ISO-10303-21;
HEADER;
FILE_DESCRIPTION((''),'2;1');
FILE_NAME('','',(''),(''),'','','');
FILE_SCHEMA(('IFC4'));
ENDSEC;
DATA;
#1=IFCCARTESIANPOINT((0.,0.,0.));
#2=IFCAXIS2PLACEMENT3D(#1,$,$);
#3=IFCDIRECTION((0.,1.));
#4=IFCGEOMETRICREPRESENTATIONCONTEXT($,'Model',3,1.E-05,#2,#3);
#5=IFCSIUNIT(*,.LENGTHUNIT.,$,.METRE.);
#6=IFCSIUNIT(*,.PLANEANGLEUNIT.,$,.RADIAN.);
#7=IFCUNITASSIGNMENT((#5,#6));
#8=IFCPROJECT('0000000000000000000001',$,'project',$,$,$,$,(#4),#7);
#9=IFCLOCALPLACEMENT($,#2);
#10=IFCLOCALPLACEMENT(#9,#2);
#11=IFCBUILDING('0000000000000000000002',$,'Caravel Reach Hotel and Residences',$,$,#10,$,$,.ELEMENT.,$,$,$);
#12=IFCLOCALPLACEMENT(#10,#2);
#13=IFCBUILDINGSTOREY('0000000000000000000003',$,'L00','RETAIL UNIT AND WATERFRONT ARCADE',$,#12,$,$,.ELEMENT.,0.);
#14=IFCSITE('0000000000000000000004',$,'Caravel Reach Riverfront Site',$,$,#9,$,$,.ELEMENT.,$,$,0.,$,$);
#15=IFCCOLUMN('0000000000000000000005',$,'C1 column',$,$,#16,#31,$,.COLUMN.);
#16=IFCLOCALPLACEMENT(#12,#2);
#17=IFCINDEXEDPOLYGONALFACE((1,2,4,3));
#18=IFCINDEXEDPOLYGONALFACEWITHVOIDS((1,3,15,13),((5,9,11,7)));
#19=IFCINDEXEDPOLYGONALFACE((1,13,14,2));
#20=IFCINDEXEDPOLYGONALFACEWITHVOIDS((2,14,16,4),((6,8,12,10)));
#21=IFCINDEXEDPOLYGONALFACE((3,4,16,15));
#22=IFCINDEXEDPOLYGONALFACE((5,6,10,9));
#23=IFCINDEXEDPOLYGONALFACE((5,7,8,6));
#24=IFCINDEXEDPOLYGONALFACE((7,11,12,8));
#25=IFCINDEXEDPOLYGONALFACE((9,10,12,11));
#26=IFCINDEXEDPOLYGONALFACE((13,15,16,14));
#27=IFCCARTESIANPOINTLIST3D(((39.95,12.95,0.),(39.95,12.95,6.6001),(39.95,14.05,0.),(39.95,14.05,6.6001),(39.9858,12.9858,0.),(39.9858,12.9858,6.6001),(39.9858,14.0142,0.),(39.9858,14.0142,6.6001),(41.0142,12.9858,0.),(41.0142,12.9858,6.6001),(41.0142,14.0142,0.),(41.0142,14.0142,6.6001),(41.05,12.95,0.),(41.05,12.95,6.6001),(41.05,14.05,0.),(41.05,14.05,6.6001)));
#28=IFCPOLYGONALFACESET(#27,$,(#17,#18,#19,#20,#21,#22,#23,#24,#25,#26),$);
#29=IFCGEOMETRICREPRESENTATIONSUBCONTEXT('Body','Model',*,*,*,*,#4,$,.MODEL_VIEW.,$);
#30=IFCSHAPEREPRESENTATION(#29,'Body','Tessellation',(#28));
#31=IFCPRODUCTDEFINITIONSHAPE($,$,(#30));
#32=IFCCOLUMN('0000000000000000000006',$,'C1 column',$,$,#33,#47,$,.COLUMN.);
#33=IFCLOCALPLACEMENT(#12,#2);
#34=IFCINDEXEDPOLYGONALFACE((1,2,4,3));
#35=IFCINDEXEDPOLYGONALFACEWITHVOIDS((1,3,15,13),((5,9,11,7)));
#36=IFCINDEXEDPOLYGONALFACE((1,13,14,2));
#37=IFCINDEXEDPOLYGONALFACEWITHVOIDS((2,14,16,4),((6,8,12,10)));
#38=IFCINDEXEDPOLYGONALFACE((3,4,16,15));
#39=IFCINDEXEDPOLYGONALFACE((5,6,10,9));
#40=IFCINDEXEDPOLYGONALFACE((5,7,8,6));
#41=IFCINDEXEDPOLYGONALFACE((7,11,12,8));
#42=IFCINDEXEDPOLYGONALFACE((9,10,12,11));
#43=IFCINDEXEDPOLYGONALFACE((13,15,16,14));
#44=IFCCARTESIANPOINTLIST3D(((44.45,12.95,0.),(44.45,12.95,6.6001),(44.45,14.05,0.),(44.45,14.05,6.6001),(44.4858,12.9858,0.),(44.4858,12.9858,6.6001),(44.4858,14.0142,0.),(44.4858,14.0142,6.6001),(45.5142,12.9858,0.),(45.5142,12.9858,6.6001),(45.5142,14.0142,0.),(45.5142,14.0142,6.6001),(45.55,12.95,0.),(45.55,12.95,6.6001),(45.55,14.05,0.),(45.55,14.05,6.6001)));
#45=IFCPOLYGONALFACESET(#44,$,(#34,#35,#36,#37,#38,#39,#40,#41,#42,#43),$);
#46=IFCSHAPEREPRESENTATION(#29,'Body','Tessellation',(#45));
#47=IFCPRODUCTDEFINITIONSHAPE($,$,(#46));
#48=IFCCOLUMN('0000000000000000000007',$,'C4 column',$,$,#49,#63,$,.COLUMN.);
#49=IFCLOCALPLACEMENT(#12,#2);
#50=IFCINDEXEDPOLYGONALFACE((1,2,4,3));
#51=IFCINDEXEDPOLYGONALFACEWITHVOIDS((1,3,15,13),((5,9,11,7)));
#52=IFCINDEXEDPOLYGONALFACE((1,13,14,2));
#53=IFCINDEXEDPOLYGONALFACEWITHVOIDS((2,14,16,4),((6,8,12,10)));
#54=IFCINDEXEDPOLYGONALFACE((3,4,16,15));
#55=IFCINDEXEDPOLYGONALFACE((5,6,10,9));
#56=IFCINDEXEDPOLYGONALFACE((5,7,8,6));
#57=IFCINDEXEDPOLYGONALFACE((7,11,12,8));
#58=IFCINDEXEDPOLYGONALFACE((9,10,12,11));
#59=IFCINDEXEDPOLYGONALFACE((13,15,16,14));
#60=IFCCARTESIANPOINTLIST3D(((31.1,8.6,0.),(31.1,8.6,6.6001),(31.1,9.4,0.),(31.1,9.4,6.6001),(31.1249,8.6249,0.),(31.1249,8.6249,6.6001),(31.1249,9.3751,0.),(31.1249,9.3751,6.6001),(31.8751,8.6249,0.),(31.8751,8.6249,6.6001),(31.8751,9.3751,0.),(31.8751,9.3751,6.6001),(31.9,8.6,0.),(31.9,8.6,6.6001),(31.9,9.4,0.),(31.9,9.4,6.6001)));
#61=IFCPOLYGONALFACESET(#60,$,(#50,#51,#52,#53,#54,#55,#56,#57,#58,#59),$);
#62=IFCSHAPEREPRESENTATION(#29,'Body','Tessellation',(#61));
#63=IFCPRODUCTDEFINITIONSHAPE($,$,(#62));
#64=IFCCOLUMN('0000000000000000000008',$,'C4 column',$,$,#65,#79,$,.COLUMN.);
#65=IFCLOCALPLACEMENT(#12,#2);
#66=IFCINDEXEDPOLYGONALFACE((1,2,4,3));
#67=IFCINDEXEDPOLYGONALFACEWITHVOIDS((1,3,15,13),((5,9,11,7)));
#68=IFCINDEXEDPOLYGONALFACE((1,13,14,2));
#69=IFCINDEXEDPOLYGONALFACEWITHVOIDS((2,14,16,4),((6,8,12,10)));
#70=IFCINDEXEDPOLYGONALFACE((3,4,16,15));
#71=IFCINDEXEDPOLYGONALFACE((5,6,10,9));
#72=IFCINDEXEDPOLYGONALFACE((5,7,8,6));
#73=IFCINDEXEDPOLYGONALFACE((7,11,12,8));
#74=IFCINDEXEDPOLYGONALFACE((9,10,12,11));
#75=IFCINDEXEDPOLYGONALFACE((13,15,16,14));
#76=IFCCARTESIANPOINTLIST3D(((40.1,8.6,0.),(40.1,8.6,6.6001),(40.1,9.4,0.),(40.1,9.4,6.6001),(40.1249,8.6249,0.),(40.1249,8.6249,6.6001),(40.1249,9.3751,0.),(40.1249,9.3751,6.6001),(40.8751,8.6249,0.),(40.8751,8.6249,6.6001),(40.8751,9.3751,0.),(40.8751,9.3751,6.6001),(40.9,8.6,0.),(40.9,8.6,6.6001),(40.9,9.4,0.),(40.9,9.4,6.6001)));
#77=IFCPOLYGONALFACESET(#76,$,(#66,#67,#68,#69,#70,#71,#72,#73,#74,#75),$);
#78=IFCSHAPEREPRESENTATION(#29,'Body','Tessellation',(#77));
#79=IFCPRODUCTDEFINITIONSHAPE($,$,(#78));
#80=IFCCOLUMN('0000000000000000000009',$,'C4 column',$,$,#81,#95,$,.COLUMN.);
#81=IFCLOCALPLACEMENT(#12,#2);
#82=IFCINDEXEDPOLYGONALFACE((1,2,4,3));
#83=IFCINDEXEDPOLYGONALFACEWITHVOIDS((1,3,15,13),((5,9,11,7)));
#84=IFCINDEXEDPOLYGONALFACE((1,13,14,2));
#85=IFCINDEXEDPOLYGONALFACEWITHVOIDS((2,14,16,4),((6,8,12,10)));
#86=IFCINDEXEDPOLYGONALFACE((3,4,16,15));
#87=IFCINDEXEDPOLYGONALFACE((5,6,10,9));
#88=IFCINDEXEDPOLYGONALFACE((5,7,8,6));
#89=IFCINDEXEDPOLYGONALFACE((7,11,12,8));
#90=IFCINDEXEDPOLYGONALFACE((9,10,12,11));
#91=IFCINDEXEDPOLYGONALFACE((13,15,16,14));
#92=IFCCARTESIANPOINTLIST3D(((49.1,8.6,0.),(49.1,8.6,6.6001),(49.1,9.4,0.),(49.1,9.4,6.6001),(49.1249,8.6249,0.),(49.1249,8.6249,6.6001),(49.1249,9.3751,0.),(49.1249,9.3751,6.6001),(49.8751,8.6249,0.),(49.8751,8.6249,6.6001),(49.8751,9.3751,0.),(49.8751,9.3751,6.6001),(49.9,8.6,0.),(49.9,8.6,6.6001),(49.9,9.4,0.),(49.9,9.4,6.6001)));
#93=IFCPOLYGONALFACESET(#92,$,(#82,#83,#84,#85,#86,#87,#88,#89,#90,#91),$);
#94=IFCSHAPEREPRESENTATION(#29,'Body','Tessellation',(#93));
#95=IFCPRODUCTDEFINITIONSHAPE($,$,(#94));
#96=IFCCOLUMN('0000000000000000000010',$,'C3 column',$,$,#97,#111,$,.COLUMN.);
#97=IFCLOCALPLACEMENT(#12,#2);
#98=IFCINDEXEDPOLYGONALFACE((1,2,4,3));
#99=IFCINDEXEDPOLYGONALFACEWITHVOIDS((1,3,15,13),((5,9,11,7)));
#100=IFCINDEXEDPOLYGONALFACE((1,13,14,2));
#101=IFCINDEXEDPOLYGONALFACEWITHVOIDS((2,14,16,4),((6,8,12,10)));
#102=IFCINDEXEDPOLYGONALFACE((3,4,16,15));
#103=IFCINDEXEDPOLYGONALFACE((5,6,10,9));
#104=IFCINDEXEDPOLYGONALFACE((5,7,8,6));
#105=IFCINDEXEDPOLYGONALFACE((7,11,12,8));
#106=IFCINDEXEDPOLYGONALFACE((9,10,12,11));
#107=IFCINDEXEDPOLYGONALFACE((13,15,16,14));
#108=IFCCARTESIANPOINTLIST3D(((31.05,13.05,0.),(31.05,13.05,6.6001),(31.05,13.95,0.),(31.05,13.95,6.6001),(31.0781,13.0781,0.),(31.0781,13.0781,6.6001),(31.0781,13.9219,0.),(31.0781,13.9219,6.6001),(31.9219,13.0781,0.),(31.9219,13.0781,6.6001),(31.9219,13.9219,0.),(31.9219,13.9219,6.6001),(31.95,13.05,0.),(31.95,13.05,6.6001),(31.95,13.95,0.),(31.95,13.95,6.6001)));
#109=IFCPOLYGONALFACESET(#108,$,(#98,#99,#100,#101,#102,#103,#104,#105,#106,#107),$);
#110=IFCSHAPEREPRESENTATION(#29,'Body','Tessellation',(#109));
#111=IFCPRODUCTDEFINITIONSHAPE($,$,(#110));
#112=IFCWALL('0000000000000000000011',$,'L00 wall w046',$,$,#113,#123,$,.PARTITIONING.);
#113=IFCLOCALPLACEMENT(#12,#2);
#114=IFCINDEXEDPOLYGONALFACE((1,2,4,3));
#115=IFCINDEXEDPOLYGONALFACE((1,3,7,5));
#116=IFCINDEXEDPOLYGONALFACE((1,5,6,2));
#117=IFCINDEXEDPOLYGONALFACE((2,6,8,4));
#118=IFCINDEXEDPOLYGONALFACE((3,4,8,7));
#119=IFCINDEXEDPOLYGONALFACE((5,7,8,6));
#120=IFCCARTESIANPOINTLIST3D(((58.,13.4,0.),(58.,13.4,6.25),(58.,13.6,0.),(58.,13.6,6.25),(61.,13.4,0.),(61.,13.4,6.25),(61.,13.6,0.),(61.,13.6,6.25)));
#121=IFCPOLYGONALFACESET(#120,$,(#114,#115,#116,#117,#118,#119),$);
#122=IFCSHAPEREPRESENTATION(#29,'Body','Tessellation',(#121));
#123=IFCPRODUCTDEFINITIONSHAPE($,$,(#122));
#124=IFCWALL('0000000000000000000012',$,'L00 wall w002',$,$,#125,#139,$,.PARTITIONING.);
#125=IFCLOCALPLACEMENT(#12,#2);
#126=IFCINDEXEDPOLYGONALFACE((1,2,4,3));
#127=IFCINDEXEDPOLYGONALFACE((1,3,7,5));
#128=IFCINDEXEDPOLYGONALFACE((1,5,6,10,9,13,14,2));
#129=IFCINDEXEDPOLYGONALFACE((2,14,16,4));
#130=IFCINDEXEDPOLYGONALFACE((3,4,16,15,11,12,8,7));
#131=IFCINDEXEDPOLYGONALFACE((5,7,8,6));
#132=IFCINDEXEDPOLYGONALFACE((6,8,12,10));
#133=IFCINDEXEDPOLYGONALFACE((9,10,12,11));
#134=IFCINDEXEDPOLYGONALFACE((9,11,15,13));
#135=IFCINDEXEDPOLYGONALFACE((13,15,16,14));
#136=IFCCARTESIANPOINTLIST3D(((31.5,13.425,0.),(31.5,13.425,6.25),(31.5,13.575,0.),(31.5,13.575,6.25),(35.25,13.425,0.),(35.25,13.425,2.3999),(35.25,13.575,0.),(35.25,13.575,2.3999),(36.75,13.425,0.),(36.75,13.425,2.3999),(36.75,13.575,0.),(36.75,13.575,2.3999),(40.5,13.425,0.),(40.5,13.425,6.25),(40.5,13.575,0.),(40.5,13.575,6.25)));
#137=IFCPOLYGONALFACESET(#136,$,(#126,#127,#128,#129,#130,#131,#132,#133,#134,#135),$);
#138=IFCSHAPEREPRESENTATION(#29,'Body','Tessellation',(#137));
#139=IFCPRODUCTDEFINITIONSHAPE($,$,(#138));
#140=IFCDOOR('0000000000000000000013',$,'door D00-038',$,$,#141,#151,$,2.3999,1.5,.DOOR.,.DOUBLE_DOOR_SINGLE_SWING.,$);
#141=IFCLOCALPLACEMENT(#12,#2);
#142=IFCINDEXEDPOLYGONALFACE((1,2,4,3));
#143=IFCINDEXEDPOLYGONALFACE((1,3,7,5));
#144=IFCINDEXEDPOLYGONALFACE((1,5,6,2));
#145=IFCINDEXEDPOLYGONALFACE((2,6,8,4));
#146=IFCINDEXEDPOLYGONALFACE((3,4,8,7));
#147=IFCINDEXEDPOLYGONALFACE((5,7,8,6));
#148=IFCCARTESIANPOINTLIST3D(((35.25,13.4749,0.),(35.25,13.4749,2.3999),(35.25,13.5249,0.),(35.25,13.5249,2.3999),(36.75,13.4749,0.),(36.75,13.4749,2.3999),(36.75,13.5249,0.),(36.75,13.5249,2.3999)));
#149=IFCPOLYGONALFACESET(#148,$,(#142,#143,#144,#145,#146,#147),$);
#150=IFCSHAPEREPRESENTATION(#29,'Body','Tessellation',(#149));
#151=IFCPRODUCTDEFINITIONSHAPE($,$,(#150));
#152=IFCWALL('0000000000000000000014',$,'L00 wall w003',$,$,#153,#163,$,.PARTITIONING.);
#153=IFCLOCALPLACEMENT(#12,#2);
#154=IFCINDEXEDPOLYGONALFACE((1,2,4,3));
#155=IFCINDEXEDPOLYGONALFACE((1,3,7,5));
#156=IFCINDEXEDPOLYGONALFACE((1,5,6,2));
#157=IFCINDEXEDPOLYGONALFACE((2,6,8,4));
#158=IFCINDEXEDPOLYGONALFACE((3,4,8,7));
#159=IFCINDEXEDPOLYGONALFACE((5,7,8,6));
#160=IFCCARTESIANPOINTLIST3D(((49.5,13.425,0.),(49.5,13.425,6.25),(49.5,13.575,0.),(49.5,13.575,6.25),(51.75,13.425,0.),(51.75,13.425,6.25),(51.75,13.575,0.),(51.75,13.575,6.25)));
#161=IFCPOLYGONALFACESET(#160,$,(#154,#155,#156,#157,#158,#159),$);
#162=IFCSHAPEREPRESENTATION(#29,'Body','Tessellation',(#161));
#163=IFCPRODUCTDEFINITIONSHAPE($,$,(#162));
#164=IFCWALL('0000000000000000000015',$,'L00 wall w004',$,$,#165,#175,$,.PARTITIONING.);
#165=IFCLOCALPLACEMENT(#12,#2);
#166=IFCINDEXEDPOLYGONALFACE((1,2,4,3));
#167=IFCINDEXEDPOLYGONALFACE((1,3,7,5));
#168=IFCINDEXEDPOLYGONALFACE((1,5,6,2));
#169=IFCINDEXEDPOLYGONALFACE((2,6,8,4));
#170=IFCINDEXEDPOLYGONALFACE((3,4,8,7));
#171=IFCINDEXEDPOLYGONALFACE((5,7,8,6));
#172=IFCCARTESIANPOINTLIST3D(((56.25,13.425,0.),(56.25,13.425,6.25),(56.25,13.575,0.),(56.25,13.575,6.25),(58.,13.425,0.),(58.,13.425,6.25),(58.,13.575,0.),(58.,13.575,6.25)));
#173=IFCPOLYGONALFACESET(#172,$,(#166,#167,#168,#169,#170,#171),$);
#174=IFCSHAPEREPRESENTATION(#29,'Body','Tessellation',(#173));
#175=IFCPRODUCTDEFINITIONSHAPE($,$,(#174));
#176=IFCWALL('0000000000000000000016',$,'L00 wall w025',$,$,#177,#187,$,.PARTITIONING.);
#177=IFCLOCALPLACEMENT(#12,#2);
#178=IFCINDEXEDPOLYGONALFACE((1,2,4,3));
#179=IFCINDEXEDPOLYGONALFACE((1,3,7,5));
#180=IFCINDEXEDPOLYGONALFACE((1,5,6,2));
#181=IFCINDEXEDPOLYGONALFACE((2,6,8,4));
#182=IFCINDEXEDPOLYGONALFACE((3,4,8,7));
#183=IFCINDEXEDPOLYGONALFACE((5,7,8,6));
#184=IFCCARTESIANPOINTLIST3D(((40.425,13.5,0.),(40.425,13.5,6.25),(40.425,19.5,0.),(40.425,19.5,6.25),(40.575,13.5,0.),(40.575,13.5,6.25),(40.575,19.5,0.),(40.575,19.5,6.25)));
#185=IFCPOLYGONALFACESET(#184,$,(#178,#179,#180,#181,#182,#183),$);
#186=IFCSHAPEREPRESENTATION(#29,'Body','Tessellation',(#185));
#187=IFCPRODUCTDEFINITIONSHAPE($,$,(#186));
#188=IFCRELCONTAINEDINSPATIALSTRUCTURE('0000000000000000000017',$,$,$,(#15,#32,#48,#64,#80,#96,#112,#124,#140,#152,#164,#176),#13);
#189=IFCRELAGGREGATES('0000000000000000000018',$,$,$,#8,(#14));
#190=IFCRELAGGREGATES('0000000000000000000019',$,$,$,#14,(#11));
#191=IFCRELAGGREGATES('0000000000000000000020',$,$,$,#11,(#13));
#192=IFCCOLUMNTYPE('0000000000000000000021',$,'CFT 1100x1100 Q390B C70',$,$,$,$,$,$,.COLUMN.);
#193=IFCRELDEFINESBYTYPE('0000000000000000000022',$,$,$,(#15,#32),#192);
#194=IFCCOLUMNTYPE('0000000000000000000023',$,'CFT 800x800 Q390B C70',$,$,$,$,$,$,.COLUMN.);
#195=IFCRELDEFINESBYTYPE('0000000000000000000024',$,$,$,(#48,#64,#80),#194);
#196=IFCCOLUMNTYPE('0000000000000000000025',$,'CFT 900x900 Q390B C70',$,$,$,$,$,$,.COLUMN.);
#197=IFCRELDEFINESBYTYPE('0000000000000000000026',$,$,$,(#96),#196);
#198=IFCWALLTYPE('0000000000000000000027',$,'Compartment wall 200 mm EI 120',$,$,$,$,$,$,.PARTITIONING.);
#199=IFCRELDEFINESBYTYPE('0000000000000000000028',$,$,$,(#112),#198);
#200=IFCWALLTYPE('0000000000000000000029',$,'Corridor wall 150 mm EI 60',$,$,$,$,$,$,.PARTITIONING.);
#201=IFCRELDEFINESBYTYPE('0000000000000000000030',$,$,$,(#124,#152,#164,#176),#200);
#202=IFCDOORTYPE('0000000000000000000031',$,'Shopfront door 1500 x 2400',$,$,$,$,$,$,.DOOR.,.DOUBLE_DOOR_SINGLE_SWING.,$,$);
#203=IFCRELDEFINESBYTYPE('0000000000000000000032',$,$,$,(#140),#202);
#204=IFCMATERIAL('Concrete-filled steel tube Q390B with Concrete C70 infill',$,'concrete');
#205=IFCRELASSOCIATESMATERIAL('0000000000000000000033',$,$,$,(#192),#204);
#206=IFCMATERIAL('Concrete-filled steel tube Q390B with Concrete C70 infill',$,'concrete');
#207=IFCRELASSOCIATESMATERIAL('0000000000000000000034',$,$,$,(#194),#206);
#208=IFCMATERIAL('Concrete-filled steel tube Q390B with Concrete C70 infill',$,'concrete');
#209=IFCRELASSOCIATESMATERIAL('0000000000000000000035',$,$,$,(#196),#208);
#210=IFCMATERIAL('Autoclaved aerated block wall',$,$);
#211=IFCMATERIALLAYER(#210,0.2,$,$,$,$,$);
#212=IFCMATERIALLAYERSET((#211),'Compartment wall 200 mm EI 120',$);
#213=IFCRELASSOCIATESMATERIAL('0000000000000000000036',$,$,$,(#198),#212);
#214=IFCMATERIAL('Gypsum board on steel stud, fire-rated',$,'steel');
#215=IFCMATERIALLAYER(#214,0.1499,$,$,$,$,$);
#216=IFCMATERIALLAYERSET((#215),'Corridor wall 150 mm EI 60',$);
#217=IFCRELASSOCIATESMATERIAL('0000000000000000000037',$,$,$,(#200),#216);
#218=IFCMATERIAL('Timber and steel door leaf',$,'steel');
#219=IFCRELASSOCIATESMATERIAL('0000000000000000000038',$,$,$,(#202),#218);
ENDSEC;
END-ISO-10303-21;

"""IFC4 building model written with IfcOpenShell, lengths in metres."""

from ifc_helpers import new_model, si_unit, direction, frame, frame_2d, origin, origin_2d, place, context, subcontext, project, spatial, rectangle, hollow_rectangle, extrude, material, layer, layer_set, material_profile, profile_set, type_object, element, fill, save


model = new_model("IFC4")

# Units and contexts
model_context = context("Model", 3, precision=1e-05, world=origin(), true_north=direction((0.0, 1.0)))
body_context = subcontext(model_context, "Body", "Model", "MODEL_VIEW")
ifc_project = project(units=[si_unit("LENGTHUNIT", "METRE"), si_unit("PLANEANGLEUNIT", "RADIAN")], contexts=[model_context])

# Site, building, storey
site_placement = place(None, origin())
site = spatial("IfcSite", under=ifc_project, at=site_placement, Name="Caravel Reach Riverfront Site", CompositionType="ELEMENT", RefElevation=0.0)
building_placement = place(site_placement, origin())
building = spatial("IfcBuilding", under=site, at=building_placement, Name="Caravel Reach Hotel and Residences", CompositionType="ELEMENT")
storey_placement = place(building_placement, origin())
storey = spatial("IfcBuildingStorey", under=building, at=storey_placement, Name="L00", Description="RETAIL UNIT AND WATERFRONT ARCADE", CompositionType="ELEMENT", Elevation=0.0)

# Columns
ifc_material_1 = material(Name="Concrete-filled steel tube Q390B with Concrete C70 infill", Category="concrete")
ifc_material_profile_1 = material_profile(ifc_material_1, hollow_rectangle(XDim=1.1001, YDim=1.1001, WallThickness=0.0359, at=origin_2d()), Name="RHS 1100x1100x36")
ifc_profile_set_1 = profile_set([ifc_material_profile_1], Name="Concrete-filled steel tube Q390B with Concrete C70 infill")
column_type_1 = type_object("IfcColumnType", Name="CFT 1100x1100 Q390B C70", PredefinedType="COLUMN", material=ifc_profile_set_1)
for number, where, z_axis, x_axis, name in (
    (1, (40.5, 13.5, 0.0), (0.0, 0.0, 1.0), (1.0, 0.0, 0.0), "C1 column"),
    (2, (45.0, 13.5, 0.0), (0.0, 0.0, 1.0), (1.0, 0.0, 0.0), "C1 column"),
):
    element("IfcColumn", number, at=place(storey_placement, frame(where, z_axis=z_axis, x_axis=x_axis)), inside=storey, type_object=column_type_1, Name=name, PredefinedType="COLUMN", context=body_context, shape_type="SweptSolid", body=[
        extrude(hollow_rectangle(XDim=1.1001, YDim=1.1001, WallThickness=0.0359, at=origin_2d()), origin(), (0.0, 0.0, 1.0), 6.6001),
    ])
ifc_material_2 = material(Name="Concrete-filled steel tube Q390B with Concrete C70 infill", Category="concrete")
ifc_material_profile_2 = material_profile(ifc_material_2, hollow_rectangle(XDim=0.8, YDim=0.8, WallThickness=0.0249, at=origin_2d()), Name="RHS 800x800x25")
ifc_profile_set_2 = profile_set([ifc_material_profile_2], Name="Concrete-filled steel tube Q390B with Concrete C70 infill")
column_type_2 = type_object("IfcColumnType", Name="CFT 800x800 Q390B C70", PredefinedType="COLUMN", material=ifc_profile_set_2)
for number, where, z_axis, x_axis, name in (
    (3, (31.5, 9.0, 0.0), (0.0, 0.0, 1.0), (1.0, 0.0, 0.0), "C4 column"),
    (4, (40.5, 9.0, 0.0), (0.0, 0.0, 1.0), (1.0, 0.0, 0.0), "C4 column"),
    (5, (49.5, 9.0, 0.0), (0.0, 0.0, 1.0), (1.0, 0.0, 0.0), "C4 column"),
):
    element("IfcColumn", number, at=place(storey_placement, frame(where, z_axis=z_axis, x_axis=x_axis)), inside=storey, type_object=column_type_2, Name=name, PredefinedType="COLUMN", context=body_context, shape_type="SweptSolid", body=[
        extrude(hollow_rectangle(XDim=0.8, YDim=0.8, WallThickness=0.0249, at=origin_2d()), origin(), (0.0, 0.0, 1.0), 6.6001),
    ])
ifc_material_3 = material(Name="Concrete-filled steel tube Q390B with Concrete C70 infill", Category="concrete")
ifc_material_profile_3 = material_profile(ifc_material_3, hollow_rectangle(XDim=0.8999, YDim=0.8999, WallThickness=0.0281, at=origin_2d()), Name="RHS 900x900x28")
ifc_profile_set_3 = profile_set([ifc_material_profile_3], Name="Concrete-filled steel tube Q390B with Concrete C70 infill")
column_type_3 = type_object("IfcColumnType", Name="CFT 900x900 Q390B C70", PredefinedType="COLUMN", material=ifc_profile_set_3)
column_placement = place(storey_placement, frame((31.5, 13.5, 0.0), z_axis=(0.0, 0.0, 1.0), x_axis=(1.0, 0.0, 0.0)))
element("IfcColumn", 6, at=column_placement, inside=storey, type_object=column_type_3, Name="C3 column", PredefinedType="COLUMN", context=body_context, shape_type="SweptSolid", body=[
    extrude(hollow_rectangle(XDim=0.8999, YDim=0.8999, WallThickness=0.0281, at=origin_2d()), origin(), (0.0, 0.0, 1.0), 6.6001),
])

# Wall
ifc_material_4 = material(Name="Autoclaved aerated block wall")
ifc_layer_1 = layer(ifc_material_4, 0.2)
ifc_layer_set_1 = layer_set([ifc_layer_1], Name="Compartment wall 200 mm EI 120")
wall_type_1 = type_object("IfcWallType", Name="Compartment wall 200 mm EI 120", PredefinedType="PARTITIONING", material=ifc_layer_set_1)
wall_1_placement = place(storey_placement, frame((58.0, 13.5, 0.0), z_axis=(0.0, 0.0, 1.0), x_axis=(1.0, 0.0, 0.0)))
element("IfcWall", 7, at=wall_1_placement, inside=storey, type_object=wall_type_1, Name="L00 wall w046", PredefinedType="PARTITIONING", context=body_context, shape_type="SweptSolid", body=[
    extrude(rectangle(XDim=3.0, YDim=0.2, at=frame_2d((1.5, 0.0))), origin(), (0.0, 0.0, 1.0), 6.25),
])

# Wall, opening, door
ifc_material_5 = material(Name="Gypsum board on steel stud, fire-rated", Category="steel")
ifc_layer_2 = layer(ifc_material_5, 0.1499)
ifc_layer_set_2 = layer_set([ifc_layer_2], Name="Corridor wall 150 mm EI 60")
wall_type_2 = type_object("IfcWallType", Name="Corridor wall 150 mm EI 60", PredefinedType="PARTITIONING", material=ifc_layer_set_2)
wall_2_placement = place(storey_placement, frame((31.5, 13.5, 0.0), z_axis=(0.0, 0.0, 1.0), x_axis=(1.0, 0.0, 0.0)))
wall_2 = element("IfcWall", 8, at=wall_2_placement, inside=storey, type_object=wall_type_2, Name="L00 wall w002", PredefinedType="PARTITIONING", context=body_context, shape_type="SweptSolid", body=[
    extrude(rectangle(XDim=9.0, YDim=0.1499, at=frame_2d((4.5, 0.0))), origin(), (0.0, 0.0, 1.0), 6.25),
])
opening_1_placement = place(wall_2_placement, frame((3.75, 0.0, 0.0)))
opening_1 = element("IfcOpeningElement", 9, at=opening_1_placement, cuts=wall_2, PredefinedType="OPENING", context=body_context, shape_type="SweptSolid", body=[
    extrude(rectangle(XDim=1.5, YDim=2.3999, at=frame_2d((0.75, 1.2))), frame((0.0, 0.085, 0.0), z_axis=(0.0, -1.0, 0.0), x_axis=(1.0, 0.0, 0.0)), (0.0, 0.0, 1.0), 0.1699),
])
ifc_material_6 = material(Name="Timber and steel door leaf", Category="steel")
door_type_1 = type_object("IfcDoorType", Name="Shopfront door 1500 x 2400", OperationType="DOUBLE_DOOR_SINGLE_SWING", PredefinedType="DOOR", material=ifc_material_6)
door_1_placement = place(opening_1_placement, origin())
door_1 = element("IfcDoor", 10, at=door_1_placement, inside=storey, type_object=door_type_1, Name="door D00-038", OperationType="DOUBLE_DOOR_SINGLE_SWING", OverallHeight=2.3999, OverallWidth=1.5, PredefinedType="DOOR", context=body_context, shape_type="SweptSolid", body=[
    extrude(rectangle(XDim=1.5, YDim=2.3999, at=frame_2d((0.75, 1.2))), frame((0.0, 0.0249, 0.0), z_axis=(0.0, -1.0, 0.0), x_axis=(1.0, 0.0, 0.0)), (0.0, 0.0, 1.0), 0.05),
])
fill(opening_1, door_1)

# Walls
wall_3_placement = place(storey_placement, frame((49.5, 13.5, 0.0), z_axis=(0.0, 0.0, 1.0), x_axis=(1.0, 0.0, 0.0)))
element("IfcWall", 11, at=wall_3_placement, inside=storey, type_object=wall_type_2, Name="L00 wall w003", PredefinedType="PARTITIONING", context=body_context, shape_type="SweptSolid", body=[
    extrude(rectangle(XDim=2.25, YDim=0.1499, at=frame_2d((1.125, 0.0))), origin(), (0.0, 0.0, 1.0), 6.25),
])
wall_4_placement = place(storey_placement, frame((56.25, 13.5, 0.0), z_axis=(0.0, 0.0, 1.0), x_axis=(1.0, 0.0, 0.0)))
element("IfcWall", 12, at=wall_4_placement, inside=storey, type_object=wall_type_2, Name="L00 wall w004", PredefinedType="PARTITIONING", context=body_context, shape_type="SweptSolid", body=[
    extrude(rectangle(XDim=1.75, YDim=0.1499, at=frame_2d((0.875, 0.0))), origin(), (0.0, 0.0, 1.0), 6.25),
])
for number, where, z_axis, x_axis, name in (
    (13, (40.5, 13.5, 0.0), (0.0, 0.0, 1.0), (0.0, 1.0, 0.0), "L00 wall w025"),
):
    element("IfcWall", number, at=place(storey_placement, frame(where, z_axis=z_axis, x_axis=x_axis)), inside=storey, type_object=wall_type_2, Name=name, PredefinedType="PARTITIONING", context=body_context, shape_type="SweptSolid", body=[
        extrude(rectangle(XDim=6.0, YDim=0.1499, at=frame_2d((3.0, 0.0))), origin(), (0.0, 0.0, 1.0), 6.25),
    ])

save(model, "model.ifc")
